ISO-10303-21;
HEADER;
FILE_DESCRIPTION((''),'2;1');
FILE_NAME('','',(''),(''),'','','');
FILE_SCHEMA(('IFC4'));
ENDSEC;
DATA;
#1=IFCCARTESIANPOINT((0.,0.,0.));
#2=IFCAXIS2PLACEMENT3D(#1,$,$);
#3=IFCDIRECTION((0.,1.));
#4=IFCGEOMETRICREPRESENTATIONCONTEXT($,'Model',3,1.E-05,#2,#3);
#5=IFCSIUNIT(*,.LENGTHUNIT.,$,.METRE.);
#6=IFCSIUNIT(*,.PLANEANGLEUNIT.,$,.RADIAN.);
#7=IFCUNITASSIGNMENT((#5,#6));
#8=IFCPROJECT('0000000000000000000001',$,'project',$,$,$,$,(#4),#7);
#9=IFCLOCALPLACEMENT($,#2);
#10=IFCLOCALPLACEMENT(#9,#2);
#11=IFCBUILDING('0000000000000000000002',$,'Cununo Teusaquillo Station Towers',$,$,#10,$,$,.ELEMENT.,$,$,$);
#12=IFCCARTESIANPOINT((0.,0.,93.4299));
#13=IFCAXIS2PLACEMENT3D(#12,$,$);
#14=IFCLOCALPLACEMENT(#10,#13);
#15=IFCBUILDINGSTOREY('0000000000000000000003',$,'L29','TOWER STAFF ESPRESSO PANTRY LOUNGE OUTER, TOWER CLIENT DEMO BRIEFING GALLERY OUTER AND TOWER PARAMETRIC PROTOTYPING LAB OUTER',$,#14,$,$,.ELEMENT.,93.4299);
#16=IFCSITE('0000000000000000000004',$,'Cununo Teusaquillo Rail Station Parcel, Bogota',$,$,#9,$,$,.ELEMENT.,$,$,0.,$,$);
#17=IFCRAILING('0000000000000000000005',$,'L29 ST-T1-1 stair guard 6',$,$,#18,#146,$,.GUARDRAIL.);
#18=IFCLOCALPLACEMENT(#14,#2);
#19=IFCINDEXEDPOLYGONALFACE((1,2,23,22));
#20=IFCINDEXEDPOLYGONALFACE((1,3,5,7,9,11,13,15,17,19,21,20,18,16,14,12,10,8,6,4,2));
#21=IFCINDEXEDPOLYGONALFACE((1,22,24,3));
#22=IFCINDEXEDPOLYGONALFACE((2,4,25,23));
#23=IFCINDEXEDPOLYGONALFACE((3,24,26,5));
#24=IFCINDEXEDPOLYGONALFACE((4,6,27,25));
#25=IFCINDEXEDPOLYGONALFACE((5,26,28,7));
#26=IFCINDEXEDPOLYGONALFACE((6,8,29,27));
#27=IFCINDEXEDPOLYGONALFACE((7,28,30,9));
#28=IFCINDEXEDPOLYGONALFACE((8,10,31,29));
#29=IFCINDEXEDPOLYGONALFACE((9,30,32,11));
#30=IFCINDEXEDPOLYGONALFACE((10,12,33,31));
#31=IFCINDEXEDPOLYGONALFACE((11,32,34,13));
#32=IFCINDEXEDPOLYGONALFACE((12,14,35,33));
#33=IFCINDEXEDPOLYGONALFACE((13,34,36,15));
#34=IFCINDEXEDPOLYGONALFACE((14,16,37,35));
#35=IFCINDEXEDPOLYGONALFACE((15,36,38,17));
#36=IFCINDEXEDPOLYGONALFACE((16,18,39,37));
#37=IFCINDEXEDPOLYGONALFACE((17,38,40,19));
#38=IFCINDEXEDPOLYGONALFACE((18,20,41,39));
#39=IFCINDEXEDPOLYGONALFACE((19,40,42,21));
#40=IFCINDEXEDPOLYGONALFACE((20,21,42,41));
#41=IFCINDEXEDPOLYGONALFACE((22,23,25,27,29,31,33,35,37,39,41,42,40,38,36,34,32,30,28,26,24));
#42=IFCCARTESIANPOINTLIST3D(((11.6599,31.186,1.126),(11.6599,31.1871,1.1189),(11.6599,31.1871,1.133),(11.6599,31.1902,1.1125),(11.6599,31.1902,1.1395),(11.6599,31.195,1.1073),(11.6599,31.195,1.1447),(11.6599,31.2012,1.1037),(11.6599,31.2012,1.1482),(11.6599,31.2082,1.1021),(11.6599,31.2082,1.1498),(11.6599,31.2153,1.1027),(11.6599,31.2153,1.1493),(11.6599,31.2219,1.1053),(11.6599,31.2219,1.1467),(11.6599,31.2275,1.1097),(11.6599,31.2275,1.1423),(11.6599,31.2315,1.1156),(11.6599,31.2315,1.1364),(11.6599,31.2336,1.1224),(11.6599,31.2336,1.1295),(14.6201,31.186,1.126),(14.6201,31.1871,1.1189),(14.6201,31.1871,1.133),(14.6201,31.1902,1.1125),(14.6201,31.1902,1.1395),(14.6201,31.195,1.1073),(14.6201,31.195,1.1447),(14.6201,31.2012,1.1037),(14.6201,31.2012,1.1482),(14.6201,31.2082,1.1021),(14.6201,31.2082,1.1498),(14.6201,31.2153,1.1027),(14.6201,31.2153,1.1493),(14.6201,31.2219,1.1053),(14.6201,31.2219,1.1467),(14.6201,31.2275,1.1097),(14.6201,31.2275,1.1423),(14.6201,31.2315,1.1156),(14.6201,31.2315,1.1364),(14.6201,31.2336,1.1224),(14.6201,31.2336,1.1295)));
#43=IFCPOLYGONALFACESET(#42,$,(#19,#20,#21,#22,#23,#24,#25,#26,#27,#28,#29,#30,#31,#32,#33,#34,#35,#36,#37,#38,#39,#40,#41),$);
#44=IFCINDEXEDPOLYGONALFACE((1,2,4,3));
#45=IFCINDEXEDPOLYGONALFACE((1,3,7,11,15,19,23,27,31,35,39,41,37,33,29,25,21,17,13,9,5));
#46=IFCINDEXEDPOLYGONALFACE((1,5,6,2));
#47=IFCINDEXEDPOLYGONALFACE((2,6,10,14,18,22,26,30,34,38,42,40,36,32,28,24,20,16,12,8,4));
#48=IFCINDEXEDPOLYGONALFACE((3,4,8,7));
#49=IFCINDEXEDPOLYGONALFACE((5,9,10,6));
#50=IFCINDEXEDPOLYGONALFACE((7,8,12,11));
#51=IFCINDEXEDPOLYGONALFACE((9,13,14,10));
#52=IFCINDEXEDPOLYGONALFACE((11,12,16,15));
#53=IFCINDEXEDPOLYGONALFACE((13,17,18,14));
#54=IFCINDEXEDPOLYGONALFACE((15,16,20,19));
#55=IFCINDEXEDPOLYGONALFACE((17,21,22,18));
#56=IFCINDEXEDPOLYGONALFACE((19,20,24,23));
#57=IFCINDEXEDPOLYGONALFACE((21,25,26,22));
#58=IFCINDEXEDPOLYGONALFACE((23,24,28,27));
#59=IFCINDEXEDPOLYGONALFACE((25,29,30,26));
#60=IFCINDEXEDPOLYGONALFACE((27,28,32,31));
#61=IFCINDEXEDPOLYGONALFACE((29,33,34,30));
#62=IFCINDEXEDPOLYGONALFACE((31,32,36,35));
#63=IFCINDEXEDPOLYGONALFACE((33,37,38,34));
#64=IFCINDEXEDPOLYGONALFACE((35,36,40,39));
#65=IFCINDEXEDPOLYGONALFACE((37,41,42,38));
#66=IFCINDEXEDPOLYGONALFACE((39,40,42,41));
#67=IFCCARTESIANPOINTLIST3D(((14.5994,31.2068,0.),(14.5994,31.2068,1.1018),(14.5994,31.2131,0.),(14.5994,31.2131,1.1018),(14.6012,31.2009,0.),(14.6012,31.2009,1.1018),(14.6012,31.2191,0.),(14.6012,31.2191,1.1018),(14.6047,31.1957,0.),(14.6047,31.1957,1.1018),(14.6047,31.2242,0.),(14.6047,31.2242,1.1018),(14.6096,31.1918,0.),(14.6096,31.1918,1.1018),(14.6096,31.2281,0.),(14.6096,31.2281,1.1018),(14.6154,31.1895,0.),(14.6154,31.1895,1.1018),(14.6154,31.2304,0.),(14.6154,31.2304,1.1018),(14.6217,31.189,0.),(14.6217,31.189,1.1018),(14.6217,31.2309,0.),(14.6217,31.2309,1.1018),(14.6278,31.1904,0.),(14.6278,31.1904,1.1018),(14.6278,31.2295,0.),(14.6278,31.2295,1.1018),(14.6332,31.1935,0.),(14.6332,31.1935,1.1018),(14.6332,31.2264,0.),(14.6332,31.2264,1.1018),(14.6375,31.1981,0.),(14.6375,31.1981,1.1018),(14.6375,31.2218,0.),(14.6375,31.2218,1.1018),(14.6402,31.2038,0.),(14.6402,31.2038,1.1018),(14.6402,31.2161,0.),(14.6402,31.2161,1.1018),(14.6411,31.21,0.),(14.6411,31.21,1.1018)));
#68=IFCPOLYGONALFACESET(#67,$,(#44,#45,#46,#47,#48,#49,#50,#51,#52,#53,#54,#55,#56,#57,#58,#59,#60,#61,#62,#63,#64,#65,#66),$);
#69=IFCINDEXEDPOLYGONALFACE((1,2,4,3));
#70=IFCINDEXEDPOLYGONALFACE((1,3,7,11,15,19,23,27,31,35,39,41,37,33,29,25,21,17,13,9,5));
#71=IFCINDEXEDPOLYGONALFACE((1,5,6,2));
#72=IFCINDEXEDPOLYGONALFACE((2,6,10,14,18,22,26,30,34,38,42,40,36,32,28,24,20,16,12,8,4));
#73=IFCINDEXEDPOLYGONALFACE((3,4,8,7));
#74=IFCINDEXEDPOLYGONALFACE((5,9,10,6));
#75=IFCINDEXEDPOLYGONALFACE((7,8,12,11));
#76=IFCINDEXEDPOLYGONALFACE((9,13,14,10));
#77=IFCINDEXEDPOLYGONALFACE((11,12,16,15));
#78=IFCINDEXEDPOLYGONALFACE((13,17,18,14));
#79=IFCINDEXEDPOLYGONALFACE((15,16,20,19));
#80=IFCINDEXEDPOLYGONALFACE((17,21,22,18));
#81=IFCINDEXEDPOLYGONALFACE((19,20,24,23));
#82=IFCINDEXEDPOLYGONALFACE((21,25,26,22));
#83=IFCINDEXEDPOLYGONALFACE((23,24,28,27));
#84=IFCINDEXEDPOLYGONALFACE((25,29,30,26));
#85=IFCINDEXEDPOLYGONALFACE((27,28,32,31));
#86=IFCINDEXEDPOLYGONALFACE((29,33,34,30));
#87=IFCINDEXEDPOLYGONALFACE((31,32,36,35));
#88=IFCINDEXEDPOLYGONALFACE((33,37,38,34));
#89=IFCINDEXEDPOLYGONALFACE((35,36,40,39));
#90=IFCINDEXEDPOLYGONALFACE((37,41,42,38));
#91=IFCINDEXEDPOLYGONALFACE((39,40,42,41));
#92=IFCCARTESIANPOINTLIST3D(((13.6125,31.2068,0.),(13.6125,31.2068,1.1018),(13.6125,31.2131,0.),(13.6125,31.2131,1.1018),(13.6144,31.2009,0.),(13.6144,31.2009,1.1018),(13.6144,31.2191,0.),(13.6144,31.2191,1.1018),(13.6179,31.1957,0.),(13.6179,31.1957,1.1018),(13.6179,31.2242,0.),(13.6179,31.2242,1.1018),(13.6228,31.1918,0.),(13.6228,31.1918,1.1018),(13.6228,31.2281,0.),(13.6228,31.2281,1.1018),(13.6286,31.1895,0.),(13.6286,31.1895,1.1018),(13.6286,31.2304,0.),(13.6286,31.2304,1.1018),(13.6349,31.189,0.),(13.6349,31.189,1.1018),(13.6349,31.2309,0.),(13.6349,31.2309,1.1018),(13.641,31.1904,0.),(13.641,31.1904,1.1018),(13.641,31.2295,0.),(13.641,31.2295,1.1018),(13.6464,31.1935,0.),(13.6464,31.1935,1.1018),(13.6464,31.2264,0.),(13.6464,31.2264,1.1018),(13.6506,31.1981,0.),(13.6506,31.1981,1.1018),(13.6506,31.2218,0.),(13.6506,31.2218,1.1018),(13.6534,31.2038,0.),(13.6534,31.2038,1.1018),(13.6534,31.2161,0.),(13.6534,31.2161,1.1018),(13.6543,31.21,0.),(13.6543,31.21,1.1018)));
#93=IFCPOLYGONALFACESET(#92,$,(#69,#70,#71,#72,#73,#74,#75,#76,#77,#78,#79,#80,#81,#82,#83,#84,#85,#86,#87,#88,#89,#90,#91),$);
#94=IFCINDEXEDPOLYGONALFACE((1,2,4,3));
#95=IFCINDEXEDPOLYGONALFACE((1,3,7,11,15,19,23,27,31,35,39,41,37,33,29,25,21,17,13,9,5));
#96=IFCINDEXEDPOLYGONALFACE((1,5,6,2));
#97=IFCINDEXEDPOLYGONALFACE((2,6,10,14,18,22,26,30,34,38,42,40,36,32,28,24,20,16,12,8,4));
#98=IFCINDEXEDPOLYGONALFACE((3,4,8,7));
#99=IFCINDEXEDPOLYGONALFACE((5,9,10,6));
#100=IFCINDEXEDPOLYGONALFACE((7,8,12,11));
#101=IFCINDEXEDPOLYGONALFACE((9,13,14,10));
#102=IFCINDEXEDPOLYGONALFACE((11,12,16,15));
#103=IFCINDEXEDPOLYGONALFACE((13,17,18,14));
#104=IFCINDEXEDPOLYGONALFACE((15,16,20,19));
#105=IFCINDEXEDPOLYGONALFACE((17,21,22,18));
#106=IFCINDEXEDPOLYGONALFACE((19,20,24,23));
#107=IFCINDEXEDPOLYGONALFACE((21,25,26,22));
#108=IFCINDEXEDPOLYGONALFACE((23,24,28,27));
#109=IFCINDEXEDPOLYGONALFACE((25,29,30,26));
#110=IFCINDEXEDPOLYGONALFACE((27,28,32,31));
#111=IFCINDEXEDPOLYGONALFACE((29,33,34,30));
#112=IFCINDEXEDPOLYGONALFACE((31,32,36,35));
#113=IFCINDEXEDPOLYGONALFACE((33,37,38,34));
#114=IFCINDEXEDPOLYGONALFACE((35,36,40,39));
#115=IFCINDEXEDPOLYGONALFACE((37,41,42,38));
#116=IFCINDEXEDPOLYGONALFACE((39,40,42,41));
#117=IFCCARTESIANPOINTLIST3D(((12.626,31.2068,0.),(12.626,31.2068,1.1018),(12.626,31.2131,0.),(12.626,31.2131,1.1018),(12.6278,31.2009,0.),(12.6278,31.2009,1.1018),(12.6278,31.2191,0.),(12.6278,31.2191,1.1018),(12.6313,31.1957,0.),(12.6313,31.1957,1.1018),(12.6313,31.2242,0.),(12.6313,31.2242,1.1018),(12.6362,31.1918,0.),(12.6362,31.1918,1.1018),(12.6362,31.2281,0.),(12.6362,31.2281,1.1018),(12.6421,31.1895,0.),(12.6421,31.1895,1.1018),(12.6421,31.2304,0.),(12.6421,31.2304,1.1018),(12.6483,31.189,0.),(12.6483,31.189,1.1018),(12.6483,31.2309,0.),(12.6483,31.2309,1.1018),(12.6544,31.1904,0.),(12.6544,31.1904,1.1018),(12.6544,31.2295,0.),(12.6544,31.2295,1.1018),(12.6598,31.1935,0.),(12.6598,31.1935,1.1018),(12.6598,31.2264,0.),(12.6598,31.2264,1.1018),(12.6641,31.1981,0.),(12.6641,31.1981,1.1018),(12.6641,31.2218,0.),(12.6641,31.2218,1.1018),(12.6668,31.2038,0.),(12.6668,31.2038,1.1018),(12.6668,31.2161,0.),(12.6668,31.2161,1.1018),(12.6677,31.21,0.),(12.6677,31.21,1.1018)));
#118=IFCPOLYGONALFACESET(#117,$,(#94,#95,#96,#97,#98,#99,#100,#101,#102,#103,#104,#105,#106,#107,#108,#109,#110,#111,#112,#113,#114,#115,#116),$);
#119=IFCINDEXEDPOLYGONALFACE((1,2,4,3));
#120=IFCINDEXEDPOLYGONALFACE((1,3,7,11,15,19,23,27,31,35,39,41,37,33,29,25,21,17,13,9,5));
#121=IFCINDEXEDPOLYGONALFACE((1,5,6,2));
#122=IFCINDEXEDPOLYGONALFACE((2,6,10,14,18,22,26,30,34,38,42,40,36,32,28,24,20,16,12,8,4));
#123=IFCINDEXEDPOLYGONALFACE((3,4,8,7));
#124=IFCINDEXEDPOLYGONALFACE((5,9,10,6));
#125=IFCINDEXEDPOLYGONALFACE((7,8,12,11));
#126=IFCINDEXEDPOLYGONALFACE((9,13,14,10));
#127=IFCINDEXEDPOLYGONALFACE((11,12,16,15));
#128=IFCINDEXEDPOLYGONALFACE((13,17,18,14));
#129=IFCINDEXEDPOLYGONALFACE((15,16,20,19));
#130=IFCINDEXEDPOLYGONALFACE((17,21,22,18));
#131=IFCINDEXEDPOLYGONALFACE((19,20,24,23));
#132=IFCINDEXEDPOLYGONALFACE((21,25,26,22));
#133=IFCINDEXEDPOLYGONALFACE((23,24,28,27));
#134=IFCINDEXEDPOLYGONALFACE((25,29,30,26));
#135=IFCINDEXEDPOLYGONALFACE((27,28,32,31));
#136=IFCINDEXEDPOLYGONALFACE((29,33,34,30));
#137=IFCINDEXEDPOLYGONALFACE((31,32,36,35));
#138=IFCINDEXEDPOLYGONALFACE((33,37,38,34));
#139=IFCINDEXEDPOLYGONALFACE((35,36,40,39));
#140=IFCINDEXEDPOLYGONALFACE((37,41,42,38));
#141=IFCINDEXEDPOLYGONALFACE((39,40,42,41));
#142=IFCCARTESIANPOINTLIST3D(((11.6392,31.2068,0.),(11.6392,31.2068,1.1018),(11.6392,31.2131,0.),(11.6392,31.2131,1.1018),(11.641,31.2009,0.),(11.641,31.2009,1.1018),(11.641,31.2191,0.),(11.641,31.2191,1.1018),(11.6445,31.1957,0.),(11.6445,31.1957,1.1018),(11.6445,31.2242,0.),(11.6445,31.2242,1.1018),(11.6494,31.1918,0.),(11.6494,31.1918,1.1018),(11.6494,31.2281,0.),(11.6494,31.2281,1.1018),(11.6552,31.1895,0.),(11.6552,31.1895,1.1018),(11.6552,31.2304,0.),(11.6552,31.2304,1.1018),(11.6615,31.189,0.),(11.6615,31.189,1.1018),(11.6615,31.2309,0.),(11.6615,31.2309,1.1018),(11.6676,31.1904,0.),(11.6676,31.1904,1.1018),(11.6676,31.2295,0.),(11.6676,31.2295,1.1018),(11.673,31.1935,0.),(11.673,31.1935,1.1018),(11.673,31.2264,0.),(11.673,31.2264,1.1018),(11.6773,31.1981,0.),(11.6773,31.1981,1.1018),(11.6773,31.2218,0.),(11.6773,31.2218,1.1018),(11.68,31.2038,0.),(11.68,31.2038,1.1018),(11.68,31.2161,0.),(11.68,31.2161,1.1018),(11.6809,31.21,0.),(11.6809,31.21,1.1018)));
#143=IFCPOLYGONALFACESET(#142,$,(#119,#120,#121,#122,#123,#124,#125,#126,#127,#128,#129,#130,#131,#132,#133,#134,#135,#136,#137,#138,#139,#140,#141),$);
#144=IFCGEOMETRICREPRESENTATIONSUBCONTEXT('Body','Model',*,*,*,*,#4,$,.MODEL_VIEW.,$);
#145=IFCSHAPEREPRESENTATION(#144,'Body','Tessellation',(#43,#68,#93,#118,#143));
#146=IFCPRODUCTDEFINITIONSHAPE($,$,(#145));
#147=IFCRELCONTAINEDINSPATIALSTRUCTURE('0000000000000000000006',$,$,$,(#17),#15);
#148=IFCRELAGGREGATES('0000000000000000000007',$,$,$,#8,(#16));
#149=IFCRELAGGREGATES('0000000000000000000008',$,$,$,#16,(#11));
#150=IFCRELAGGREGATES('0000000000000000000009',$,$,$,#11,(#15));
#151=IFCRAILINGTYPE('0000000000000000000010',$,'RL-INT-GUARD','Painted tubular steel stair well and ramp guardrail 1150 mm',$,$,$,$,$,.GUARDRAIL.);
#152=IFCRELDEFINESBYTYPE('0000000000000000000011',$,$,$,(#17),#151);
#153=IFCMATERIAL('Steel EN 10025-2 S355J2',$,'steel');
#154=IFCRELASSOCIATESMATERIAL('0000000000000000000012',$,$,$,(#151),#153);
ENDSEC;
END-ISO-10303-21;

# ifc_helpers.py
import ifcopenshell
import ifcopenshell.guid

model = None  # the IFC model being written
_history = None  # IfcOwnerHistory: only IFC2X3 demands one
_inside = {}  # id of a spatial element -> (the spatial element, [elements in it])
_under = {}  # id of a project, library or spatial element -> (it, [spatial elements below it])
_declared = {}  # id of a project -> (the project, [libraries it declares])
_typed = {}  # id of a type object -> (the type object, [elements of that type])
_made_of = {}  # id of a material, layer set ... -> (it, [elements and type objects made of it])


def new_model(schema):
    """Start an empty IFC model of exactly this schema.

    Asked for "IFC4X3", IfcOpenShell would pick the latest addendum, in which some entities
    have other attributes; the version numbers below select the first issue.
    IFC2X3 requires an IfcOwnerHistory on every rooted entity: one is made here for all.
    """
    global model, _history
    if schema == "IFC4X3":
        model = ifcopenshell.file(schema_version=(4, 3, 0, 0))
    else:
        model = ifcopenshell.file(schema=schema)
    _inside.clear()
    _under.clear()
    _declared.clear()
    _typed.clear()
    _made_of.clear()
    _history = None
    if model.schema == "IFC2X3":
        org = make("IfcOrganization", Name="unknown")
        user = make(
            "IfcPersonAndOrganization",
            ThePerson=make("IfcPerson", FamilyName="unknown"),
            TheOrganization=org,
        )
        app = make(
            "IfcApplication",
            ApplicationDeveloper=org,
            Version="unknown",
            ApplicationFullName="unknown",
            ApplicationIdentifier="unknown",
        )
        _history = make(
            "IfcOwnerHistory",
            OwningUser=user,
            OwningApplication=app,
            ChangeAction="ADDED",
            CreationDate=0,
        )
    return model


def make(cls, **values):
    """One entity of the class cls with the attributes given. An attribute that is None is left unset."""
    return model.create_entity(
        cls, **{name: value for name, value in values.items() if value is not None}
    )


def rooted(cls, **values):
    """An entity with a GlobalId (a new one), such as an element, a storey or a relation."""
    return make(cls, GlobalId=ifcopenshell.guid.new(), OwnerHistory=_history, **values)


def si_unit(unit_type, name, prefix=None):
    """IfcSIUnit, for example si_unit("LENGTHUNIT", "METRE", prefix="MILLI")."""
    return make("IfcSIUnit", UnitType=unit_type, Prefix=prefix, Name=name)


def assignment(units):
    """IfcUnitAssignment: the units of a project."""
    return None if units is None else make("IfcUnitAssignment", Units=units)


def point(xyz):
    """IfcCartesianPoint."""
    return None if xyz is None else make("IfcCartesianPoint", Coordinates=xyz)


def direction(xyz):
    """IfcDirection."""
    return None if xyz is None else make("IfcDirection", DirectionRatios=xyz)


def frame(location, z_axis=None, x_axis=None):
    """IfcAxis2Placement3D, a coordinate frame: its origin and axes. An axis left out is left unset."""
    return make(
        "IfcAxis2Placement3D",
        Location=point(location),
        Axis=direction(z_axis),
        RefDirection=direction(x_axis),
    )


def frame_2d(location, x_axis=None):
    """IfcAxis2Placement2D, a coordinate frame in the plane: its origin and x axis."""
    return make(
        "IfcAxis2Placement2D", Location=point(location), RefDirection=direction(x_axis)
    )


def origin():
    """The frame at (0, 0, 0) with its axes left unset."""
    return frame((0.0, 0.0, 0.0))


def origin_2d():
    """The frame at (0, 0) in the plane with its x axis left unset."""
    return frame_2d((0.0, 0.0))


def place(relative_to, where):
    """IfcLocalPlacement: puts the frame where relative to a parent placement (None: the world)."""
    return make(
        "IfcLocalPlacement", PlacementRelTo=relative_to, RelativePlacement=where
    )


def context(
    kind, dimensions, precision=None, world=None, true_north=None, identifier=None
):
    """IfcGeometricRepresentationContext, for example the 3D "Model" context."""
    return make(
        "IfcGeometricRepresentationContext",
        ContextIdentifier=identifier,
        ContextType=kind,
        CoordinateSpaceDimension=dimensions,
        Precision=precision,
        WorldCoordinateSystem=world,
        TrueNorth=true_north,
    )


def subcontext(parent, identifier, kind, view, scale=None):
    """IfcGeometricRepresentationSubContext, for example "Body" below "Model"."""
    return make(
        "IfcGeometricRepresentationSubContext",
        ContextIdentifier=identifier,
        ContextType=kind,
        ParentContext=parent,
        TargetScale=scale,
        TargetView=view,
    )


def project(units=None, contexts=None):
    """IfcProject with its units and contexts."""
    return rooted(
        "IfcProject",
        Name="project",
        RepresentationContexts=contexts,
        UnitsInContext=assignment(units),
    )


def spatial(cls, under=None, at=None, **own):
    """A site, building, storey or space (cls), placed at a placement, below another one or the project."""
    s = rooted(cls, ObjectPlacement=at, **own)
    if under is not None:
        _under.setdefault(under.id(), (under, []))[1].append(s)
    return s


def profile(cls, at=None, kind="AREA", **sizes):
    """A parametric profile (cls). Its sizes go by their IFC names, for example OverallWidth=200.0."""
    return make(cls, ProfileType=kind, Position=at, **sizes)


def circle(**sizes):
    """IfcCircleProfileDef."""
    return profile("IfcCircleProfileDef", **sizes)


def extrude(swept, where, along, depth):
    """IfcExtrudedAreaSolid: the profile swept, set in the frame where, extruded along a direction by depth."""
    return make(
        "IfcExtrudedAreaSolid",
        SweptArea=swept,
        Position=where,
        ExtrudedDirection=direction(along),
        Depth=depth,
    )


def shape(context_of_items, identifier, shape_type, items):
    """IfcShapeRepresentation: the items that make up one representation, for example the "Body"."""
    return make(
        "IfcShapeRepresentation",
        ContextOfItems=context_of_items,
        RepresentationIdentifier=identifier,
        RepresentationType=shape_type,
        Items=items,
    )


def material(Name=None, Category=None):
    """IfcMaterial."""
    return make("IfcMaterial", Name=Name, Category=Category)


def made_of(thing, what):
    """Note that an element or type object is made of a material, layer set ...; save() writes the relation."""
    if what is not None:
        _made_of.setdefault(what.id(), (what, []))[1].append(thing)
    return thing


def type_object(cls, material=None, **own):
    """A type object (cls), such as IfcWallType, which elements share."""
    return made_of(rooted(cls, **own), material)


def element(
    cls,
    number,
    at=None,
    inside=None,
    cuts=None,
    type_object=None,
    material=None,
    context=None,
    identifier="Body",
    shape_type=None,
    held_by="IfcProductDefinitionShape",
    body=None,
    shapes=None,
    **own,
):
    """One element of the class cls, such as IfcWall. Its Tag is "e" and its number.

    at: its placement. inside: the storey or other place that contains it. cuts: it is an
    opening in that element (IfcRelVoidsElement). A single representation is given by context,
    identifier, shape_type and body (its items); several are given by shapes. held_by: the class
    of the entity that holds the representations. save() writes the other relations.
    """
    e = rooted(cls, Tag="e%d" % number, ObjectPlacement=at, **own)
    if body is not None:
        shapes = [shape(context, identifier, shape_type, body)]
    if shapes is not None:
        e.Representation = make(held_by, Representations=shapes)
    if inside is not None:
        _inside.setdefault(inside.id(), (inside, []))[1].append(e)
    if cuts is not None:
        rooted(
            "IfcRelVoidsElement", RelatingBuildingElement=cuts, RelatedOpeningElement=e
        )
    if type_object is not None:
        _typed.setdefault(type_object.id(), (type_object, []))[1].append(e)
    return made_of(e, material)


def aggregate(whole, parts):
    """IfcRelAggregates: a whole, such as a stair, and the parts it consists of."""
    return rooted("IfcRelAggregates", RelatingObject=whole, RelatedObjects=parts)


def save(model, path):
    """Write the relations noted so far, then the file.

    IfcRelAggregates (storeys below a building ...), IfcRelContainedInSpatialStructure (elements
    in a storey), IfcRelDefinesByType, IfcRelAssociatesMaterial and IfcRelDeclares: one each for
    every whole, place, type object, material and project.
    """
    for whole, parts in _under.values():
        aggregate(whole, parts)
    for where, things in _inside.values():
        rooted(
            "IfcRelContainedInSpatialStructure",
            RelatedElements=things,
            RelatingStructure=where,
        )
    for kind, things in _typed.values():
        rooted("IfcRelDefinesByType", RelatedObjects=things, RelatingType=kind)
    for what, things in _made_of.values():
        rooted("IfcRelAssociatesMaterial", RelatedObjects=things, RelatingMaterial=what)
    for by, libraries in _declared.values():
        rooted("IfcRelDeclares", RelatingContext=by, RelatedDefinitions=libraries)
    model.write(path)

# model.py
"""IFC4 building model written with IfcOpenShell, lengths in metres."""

from ifc_helpers import new_model, si_unit, direction, frame, origin, origin_2d, place, context, subcontext, project, spatial, circle, extrude, material, type_object, element, save


model = new_model("IFC4")

# Units and contexts
model_context = context("Model", 3, precision=1e-05, world=origin(), true_north=direction((0.0, 1.0)))
body_context = subcontext(model_context, "Body", "Model", "MODEL_VIEW")
ifc_project = project(units=[si_unit("LENGTHUNIT", "METRE"), si_unit("PLANEANGLEUNIT", "RADIAN")], contexts=[model_context])

# Site, building, storey
site_placement = place(None, origin())
site = spatial("IfcSite", under=ifc_project, at=site_placement, Name="Cununo Teusaquillo Rail Station Parcel, Bogota", CompositionType="ELEMENT", RefElevation=0.0)
building_placement = place(site_placement, origin())
building = spatial("IfcBuilding", under=site, at=building_placement, Name="Cununo Teusaquillo Station Towers", CompositionType="ELEMENT")
storey_placement = place(building_placement, frame((0.0, 0.0, 93.4299)))
storey = spatial("IfcBuildingStorey", under=building, at=storey_placement, Name="L29", Description="TOWER STAFF ESPRESSO PANTRY LOUNGE OUTER, TOWER CLIENT DEMO BRIEFING GALLERY OUTER AND TOWER PARAMETRIC PROTOTYPING LAB OUTER", CompositionType="ELEMENT", Elevation=93.4299)

# Railing
ifc_material_1 = material(Name="Steel EN 10025-2 S355J2", Category="steel")
railing_type_1 = type_object("IfcRailingType", Name="RL-INT-GUARD", Description="Painted tubular steel stair well and ramp guardrail 1150 mm", PredefinedType="GUARDRAIL", material=ifc_material_1)
railing_1_placement = place(storey_placement, frame((14.6201, 31.21, 0.0)))
element("IfcRailing", 1, at=railing_1_placement, inside=storey, type_object=railing_type_1, Name="L29 ST-T1-1 stair guard 6", PredefinedType="GUARDRAIL", context=body_context, shape_type="SweptSolid", body=[
    extrude(circle(Radius=0.0239, at=origin_2d()), frame((0.0, 0.0, 1.126), z_axis=(-1.0, 0.0, 0.0), x_axis=(0.0, -1.0, 0.0)), (0.0, 0.0, 1.0), 2.9602),
    extrude(circle(Radius=0.021, at=origin_2d()), origin(), (0.0, 0.0, 1.0), 1.1018),
    extrude(circle(Radius=0.021, at=origin_2d()), frame((-0.9868, 0.0, 0.0)), (0.0, 0.0, 1.0), 1.1018),
    extrude(circle(Radius=0.021, at=origin_2d()), frame((-1.9734, 0.0, 0.0)), (0.0, 0.0, 1.0), 1.1018),
    extrude(circle(Radius=0.021, at=origin_2d()), frame((-2.9602, 0.0, 0.0)), (0.0, 0.0, 1.0), 1.1018),
])

save(model, "model.ifc")
